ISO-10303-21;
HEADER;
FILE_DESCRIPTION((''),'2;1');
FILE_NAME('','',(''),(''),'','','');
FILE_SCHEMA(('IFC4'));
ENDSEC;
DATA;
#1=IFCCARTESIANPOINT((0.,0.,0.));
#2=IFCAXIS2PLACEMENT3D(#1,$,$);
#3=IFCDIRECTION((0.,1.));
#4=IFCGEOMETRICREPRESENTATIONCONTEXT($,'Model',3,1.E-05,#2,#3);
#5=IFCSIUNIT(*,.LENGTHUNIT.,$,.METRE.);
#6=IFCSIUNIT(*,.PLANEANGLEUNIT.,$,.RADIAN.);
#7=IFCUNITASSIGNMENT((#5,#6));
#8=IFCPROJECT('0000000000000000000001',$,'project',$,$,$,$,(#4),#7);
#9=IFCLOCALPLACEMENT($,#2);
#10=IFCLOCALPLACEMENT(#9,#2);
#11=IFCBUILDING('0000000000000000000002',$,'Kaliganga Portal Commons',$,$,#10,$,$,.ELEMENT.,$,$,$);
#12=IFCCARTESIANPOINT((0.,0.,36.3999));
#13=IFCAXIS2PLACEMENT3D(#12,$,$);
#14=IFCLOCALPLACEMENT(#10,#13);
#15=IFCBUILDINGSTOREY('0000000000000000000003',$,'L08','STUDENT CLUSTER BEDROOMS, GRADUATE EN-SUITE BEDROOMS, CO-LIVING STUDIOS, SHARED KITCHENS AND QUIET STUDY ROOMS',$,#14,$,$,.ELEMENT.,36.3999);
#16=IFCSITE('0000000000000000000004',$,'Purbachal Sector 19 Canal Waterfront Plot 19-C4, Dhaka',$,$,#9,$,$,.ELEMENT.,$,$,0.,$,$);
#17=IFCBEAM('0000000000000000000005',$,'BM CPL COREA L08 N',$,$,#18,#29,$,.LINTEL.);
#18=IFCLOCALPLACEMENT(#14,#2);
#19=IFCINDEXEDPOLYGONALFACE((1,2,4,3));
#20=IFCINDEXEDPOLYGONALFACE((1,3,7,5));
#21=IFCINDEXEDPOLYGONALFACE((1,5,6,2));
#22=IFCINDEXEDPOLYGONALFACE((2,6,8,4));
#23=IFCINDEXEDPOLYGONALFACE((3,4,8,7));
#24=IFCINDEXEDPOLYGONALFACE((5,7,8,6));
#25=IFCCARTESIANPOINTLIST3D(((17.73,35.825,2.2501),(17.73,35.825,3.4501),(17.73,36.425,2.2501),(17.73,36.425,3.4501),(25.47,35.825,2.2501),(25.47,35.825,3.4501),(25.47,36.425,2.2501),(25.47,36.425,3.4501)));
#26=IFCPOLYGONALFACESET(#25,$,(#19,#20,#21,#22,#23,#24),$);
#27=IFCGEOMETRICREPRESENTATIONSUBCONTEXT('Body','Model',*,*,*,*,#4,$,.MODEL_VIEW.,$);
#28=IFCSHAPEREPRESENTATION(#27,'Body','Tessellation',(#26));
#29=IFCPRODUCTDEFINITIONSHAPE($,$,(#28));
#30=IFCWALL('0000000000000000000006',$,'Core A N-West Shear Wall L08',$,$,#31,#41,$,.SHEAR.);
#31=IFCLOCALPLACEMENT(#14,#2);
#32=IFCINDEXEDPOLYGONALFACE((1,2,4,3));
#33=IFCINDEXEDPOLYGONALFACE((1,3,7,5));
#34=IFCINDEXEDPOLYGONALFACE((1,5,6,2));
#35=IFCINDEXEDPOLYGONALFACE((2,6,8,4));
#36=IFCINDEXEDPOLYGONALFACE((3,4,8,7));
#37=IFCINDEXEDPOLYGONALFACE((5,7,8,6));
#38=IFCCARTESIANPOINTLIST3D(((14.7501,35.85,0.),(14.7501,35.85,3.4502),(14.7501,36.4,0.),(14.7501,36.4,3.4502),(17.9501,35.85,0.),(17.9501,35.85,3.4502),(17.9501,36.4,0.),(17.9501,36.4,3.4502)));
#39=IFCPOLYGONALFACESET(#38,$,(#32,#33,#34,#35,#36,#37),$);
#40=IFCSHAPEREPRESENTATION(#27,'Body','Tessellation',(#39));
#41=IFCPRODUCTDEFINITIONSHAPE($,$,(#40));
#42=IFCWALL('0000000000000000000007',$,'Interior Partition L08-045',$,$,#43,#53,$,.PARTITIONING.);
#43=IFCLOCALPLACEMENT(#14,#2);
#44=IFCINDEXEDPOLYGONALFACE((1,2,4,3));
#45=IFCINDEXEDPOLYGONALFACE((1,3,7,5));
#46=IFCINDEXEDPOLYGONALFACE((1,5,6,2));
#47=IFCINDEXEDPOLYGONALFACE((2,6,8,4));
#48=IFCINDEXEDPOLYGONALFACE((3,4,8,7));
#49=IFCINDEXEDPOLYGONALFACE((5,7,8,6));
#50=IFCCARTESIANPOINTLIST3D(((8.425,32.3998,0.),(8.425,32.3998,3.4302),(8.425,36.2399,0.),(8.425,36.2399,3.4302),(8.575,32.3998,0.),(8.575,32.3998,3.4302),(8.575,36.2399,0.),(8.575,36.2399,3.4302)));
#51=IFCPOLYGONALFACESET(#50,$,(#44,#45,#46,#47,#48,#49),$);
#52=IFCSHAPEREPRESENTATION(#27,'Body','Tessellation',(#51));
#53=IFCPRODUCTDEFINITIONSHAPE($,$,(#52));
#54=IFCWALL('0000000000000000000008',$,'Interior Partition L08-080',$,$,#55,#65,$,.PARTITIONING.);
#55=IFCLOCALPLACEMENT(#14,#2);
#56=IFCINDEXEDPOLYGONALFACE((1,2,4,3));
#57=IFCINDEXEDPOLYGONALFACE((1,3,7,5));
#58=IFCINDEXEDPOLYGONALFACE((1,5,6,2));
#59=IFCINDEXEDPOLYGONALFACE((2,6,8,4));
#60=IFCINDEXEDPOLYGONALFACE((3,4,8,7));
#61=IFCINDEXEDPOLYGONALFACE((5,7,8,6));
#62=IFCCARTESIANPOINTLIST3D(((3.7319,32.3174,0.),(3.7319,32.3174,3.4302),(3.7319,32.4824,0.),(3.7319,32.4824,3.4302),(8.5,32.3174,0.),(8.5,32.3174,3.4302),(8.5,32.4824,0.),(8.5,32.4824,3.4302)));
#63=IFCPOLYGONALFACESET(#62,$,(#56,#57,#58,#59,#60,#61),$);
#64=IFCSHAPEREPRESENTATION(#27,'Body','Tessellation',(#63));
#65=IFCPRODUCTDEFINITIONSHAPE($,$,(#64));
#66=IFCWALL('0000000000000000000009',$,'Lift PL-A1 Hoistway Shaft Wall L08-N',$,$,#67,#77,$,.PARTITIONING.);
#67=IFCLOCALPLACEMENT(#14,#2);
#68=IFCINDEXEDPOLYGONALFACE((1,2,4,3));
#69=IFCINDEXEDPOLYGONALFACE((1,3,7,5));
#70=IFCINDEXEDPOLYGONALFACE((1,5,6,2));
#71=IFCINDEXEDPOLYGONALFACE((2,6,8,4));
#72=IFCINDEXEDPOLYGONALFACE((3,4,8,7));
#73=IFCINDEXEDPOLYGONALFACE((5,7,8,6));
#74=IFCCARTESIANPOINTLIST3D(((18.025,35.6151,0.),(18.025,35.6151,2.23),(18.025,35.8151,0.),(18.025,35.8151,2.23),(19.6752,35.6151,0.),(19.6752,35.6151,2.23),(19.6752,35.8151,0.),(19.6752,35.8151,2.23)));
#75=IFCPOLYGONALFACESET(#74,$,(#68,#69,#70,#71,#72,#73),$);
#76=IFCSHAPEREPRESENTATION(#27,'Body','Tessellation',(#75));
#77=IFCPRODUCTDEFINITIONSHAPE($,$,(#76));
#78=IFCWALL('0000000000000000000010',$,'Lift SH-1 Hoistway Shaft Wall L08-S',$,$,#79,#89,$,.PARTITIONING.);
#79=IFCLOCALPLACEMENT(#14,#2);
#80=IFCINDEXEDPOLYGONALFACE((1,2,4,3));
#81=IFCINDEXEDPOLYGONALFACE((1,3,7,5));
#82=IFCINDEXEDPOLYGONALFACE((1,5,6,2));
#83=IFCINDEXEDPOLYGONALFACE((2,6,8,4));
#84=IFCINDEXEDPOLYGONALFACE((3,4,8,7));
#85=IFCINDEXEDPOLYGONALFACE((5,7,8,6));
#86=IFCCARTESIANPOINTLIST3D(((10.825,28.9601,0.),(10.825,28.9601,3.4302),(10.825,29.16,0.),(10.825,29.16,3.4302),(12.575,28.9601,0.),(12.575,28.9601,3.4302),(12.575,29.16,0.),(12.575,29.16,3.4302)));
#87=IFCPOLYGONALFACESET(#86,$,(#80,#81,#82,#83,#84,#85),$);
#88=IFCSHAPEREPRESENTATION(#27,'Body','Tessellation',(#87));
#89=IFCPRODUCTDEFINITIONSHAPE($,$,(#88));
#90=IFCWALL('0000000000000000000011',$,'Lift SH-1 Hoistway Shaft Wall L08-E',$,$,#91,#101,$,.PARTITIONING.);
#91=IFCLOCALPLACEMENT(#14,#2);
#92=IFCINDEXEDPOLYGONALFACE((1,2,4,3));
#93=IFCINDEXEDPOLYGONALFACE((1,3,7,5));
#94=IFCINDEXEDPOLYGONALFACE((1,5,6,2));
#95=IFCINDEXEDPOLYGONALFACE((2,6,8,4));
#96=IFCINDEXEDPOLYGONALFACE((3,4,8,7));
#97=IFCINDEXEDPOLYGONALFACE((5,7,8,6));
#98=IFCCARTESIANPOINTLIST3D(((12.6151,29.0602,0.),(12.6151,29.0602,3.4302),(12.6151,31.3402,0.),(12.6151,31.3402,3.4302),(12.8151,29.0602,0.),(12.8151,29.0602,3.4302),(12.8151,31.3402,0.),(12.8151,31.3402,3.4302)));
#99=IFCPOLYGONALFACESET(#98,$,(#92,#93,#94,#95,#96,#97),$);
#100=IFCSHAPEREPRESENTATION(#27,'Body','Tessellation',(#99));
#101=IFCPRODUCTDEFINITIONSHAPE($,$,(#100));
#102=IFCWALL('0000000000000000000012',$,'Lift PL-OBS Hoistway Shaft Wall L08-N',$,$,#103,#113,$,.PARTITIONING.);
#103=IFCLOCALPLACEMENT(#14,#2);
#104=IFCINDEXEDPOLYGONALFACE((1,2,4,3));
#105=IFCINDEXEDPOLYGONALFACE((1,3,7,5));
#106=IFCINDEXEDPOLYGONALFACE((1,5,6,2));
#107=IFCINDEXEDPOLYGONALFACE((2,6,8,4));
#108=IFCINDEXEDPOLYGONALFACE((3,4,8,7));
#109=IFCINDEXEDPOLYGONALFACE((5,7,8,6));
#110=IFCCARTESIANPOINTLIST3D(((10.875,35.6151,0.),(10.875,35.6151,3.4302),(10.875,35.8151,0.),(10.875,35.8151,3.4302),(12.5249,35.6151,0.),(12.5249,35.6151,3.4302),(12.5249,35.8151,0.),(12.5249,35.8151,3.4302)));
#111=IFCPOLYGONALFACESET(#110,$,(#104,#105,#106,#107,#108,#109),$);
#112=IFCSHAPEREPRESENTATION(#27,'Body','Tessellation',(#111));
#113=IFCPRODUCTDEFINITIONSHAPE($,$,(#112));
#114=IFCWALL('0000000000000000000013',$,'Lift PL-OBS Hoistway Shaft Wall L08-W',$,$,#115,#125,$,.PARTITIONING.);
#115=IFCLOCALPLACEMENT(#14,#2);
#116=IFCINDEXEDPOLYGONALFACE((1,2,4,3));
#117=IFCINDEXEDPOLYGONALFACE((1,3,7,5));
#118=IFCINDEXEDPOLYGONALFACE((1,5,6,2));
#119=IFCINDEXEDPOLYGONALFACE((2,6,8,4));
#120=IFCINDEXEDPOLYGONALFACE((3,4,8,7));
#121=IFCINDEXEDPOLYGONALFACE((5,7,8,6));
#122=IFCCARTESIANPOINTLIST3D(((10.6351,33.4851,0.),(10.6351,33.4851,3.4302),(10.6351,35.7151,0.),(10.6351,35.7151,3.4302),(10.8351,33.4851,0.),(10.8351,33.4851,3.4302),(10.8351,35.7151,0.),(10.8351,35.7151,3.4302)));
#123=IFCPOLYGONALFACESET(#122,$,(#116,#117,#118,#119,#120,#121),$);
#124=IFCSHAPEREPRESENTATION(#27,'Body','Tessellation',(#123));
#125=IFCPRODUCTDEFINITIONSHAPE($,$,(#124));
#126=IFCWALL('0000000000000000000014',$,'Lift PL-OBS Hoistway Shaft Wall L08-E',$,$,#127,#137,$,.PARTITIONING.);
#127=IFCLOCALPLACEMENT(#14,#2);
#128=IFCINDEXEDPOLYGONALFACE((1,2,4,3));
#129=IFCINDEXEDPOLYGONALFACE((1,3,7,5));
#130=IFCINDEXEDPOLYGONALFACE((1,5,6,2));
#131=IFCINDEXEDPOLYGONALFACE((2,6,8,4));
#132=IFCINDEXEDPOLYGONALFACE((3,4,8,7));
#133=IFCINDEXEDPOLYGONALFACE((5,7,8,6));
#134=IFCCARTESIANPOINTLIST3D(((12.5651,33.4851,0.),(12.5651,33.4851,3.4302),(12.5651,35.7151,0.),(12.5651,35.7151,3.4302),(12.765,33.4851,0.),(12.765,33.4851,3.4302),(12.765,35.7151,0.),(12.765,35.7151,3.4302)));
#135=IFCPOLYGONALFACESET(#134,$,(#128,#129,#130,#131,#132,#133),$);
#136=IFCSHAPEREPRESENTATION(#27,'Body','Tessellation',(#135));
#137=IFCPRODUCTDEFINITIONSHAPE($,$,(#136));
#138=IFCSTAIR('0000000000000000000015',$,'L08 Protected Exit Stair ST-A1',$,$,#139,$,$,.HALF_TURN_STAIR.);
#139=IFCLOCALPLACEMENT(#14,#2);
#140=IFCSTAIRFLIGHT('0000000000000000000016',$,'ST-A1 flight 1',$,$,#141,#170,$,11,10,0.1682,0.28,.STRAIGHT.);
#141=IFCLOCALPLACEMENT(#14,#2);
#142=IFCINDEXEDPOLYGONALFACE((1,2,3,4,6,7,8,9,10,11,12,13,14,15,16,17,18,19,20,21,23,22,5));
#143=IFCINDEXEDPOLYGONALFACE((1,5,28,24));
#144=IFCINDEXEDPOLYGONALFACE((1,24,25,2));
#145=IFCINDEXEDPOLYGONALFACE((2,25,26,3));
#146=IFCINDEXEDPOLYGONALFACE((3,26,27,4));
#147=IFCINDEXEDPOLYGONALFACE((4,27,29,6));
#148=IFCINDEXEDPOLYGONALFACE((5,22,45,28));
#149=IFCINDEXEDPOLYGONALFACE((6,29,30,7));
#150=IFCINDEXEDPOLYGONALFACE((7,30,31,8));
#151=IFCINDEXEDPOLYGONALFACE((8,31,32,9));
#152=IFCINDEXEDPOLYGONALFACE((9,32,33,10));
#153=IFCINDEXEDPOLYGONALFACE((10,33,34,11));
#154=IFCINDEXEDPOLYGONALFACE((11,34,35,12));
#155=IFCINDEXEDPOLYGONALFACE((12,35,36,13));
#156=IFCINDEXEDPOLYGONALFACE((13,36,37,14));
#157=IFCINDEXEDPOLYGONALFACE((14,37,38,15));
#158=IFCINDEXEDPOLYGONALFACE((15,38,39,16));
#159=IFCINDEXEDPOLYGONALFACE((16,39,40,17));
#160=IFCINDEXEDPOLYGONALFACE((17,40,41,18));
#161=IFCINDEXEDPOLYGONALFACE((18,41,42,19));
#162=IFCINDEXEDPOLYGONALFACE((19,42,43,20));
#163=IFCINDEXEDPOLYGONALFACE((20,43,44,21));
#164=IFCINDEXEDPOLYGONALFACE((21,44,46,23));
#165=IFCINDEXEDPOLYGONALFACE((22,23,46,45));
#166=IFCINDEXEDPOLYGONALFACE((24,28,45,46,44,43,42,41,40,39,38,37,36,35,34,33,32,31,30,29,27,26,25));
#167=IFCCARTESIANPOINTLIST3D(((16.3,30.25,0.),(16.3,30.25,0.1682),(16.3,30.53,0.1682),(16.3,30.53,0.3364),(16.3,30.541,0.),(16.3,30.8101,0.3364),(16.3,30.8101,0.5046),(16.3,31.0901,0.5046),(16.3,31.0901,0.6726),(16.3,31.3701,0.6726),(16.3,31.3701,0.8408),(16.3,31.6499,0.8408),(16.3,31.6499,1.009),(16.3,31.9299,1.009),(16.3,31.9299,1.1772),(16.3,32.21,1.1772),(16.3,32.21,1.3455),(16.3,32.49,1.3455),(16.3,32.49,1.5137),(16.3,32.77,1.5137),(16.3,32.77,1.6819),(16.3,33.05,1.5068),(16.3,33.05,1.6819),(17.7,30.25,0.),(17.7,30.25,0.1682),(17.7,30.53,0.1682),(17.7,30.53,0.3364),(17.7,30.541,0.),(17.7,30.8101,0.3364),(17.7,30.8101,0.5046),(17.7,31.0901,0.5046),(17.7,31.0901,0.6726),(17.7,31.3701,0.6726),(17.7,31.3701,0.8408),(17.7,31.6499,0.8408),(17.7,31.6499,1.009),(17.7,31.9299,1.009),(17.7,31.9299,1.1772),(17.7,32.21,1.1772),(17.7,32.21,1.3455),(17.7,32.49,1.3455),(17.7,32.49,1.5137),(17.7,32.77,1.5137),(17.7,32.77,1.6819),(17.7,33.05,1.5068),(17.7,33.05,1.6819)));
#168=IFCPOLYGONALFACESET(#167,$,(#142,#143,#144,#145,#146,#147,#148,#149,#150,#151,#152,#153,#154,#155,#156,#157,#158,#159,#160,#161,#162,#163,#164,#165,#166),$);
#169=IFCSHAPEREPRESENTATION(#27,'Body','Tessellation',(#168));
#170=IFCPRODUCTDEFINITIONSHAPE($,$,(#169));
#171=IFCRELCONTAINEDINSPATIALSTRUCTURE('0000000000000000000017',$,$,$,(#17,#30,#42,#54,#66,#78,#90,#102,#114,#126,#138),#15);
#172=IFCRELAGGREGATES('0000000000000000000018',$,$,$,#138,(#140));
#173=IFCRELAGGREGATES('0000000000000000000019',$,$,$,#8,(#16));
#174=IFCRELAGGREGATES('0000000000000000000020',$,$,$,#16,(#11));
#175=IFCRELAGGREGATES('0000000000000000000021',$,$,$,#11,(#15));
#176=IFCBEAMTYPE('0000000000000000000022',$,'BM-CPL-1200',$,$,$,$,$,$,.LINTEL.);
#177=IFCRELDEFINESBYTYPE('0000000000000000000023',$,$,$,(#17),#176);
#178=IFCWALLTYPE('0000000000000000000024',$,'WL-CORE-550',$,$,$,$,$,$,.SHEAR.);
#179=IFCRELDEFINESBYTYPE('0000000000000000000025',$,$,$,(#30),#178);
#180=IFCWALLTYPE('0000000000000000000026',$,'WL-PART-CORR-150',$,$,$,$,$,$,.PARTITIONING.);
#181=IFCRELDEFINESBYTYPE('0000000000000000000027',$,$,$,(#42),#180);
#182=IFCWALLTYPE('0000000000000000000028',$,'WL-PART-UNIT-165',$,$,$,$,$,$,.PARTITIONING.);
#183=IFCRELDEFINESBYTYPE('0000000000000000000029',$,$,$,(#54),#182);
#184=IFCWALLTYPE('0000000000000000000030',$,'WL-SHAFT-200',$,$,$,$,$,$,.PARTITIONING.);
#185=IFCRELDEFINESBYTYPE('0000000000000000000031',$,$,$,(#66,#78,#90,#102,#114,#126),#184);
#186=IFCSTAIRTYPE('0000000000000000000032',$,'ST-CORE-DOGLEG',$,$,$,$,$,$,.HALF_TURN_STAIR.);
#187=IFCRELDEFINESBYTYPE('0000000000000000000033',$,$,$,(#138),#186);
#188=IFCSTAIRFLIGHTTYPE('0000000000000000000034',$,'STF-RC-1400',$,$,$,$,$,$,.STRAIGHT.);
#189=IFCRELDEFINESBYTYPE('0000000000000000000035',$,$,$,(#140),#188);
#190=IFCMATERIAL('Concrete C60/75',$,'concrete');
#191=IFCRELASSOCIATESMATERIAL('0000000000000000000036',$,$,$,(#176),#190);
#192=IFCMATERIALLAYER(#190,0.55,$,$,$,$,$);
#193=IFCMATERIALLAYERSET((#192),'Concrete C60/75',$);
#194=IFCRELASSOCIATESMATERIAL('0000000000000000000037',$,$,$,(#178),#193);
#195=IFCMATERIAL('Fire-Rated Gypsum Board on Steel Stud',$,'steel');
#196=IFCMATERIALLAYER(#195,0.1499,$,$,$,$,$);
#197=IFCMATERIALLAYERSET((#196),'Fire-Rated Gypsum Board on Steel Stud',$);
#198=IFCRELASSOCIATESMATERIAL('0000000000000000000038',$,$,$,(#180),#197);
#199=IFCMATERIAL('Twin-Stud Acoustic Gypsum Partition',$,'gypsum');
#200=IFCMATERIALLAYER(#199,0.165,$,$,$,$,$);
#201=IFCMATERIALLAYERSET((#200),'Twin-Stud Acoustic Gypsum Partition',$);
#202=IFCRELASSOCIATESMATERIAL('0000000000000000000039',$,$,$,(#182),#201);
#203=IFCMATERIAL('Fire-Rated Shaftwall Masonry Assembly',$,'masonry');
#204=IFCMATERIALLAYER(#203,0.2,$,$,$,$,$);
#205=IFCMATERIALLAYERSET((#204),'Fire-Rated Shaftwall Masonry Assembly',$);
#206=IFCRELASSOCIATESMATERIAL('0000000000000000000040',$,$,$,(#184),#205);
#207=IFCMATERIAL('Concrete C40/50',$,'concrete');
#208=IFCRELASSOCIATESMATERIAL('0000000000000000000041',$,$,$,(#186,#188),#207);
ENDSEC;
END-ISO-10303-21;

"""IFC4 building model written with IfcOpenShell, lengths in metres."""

from ifc_helpers import new_model, si_unit, direction, frame, frame_2d, origin, origin_2d, place, context, subcontext, project, spatial, polyline, rectangle, outline, extrude, source, transform, mapped, material, layer, layer_set, material_profile, profile_set, type_object, element, aggregate, save


model = new_model("IFC4")

# Units and contexts
model_context = context("Model", 3, precision=1e-05, world=origin(), true_north=direction((0.0, 1.0)))
body_context = subcontext(model_context, "Body", "Model", "MODEL_VIEW")
ifc_project = project(units=[si_unit("LENGTHUNIT", "METRE"), si_unit("PLANEANGLEUNIT", "RADIAN")], contexts=[model_context])

# Site, building, storey
site_placement = place(None, origin())
site = spatial("IfcSite", under=ifc_project, at=site_placement, Name="Purbachal Sector 19 Canal Waterfront Plot 19-C4, Dhaka", CompositionType="ELEMENT", RefElevation=0.0)
building_placement = place(site_placement, origin())
building = spatial("IfcBuilding", under=site, at=building_placement, Name="Kaliganga Portal Commons", CompositionType="ELEMENT")
storey_placement = place(building_placement, frame((0.0, 0.0, 36.3999)))
storey = spatial("IfcBuildingStorey", under=building, at=storey_placement, Name="L08", Description="STUDENT CLUSTER BEDROOMS, GRADUATE EN-SUITE BEDROOMS, CO-LIVING STUDIOS, SHARED KITCHENS AND QUIET STUDY ROOMS", CompositionType="ELEMENT", Elevation=36.3999)

# Beam
ifc_material_1 = material(Name="Concrete C60/75", Category="concrete")
ifc_material_profile = material_profile(ifc_material_1, rectangle(XDim=0.6001, YDim=1.2, at=origin_2d()), Name="RC 600x1200")
ifc_profile_set = profile_set([ifc_material_profile], Name="Concrete C60/75")
beam_type = type_object("IfcBeamType", Name="BM-CPL-1200", PredefinedType="LINTEL", material=ifc_profile_set)
shared_shape = source(origin(), body_context, "Body", "SweptSolid", [
    extrude(rectangle(XDim=0.6001, YDim=1.2, at=origin_2d()), origin(), (0.0, 0.0, 1.0), 7.74),
])
beam_placement = place(storey_placement, frame((17.73, 36.125, 2.8501), z_axis=(1.0, 0.0, 0.0), x_axis=(0.0, 1.0, 0.0)))
element("IfcBeam", 1, at=beam_placement, inside=storey, type_object=beam_type, Name="BM CPL COREA L08 N", PredefinedType="LINTEL", context=body_context, shape_type="MappedRepresentation", body=[
    mapped(shared_shape, transform((0.0, 0.0, 0.0), x_axis=(1.0, 0.0, 0.0), y_axis=(0.0, 1.0, 0.0), z_axis=(0.0, 0.0, 1.0), scale=1.0)),
])

# Walls
ifc_layer_1 = layer(ifc_material_1, 0.55)
ifc_layer_set_1 = layer_set([ifc_layer_1], Name="Concrete C60/75")
wall_type_1 = type_object("IfcWallType", Name="WL-CORE-550", PredefinedType="SHEAR", material=ifc_layer_set_1)
wall_1_placement = place(storey_placement, frame((14.75, 36.125, 0.0), z_axis=(0.0, 0.0, 1.0), x_axis=(1.0, 0.0, 0.0)))
element("IfcWall", 2, at=wall_1_placement, inside=storey, type_object=wall_type_1, Name="Core A N-West Shear Wall L08", PredefinedType="SHEAR", context=body_context, shape_type="SweptSolid", body=[
    extrude(rectangle(XDim=3.2, YDim=0.55, at=frame_2d((1.6001, 0.0))), origin(), (0.0, 0.0, 1.0), 3.4502),
])
ifc_material_2 = material(Name="Fire-Rated Gypsum Board on Steel Stud", Category="steel")
ifc_layer_2 = layer(ifc_material_2, 0.1499)
ifc_layer_set_2 = layer_set([ifc_layer_2], Name="Fire-Rated Gypsum Board on Steel Stud")
wall_type_2 = type_object("IfcWallType", Name="WL-PART-CORR-150", PredefinedType="PARTITIONING", material=ifc_layer_set_2)
wall_2_placement = place(storey_placement, frame((8.5, 32.3999, 0.0), z_axis=(0.0, 0.0, 1.0), x_axis=(0.0, 1.0, 0.0)))
element("IfcWall", 3, at=wall_2_placement, inside=storey, type_object=wall_type_2, Name="Interior Partition L08-045", PredefinedType="PARTITIONING", context=body_context, shape_type="SweptSolid", body=[
    extrude(rectangle(XDim=3.8401, YDim=0.1499, at=frame_2d((1.9199, 0.0))), origin(), (0.0, 0.0, 1.0), 3.4302),
])
ifc_material_3 = material(Name="Twin-Stud Acoustic Gypsum Partition", Category="gypsum")
ifc_layer_3 = layer(ifc_material_3, 0.165)
ifc_layer_set_3 = layer_set([ifc_layer_3], Name="Twin-Stud Acoustic Gypsum Partition")
wall_type_3 = type_object("IfcWallType", Name="WL-PART-UNIT-165", PredefinedType="PARTITIONING", material=ifc_layer_set_3)
wall_3_placement = place(storey_placement, frame((3.7319, 32.3999, 0.0), z_axis=(0.0, 0.0, 1.0), x_axis=(1.0, 0.0, 0.0)))
element("IfcWall", 4, at=wall_3_placement, inside=storey, type_object=wall_type_3, Name="Interior Partition L08-080", PredefinedType="PARTITIONING", context=body_context, shape_type="SweptSolid", body=[
    extrude(rectangle(XDim=4.7681, YDim=0.165, at=frame_2d((2.384, 0.0))), origin(), (0.0, 0.0, 1.0), 3.4302),
])

# Shared definitions
ifc_material_4 = material(Name="Fire-Rated Shaftwall Masonry Assembly", Category="masonry")
ifc_layer_4 = layer(ifc_material_4, 0.2)
ifc_layer_set_4 = layer_set([ifc_layer_4], Name="Fire-Rated Shaftwall Masonry Assembly")
wall_type_4 = type_object("IfcWallType", Name="WL-SHAFT-200", PredefinedType="PARTITIONING", material=ifc_layer_set_4)

# Walls
wall_4_placement = place(storey_placement, frame((18.0249, 35.7151, 0.0), z_axis=(0.0, 0.0, 1.0), x_axis=(1.0, 0.0, 0.0)))
element("IfcWall", 5, at=wall_4_placement, inside=storey, type_object=wall_type_4, Name="Lift PL-A1 Hoistway Shaft Wall L08-N", PredefinedType="PARTITIONING", context=body_context, shape_type="SweptSolid", body=[
    extrude(rectangle(XDim=1.6501, YDim=0.2, at=frame_2d((0.8252, 0.0))), origin(), (0.0, 0.0, 1.0), 2.23),
])
wall_5_placement = place(storey_placement, frame((10.825, 29.0601, 0.0), z_axis=(0.0, 0.0, 1.0), x_axis=(1.0, 0.0, 0.0)))
element("IfcWall", 6, at=wall_5_placement, inside=storey, type_object=wall_type_4, Name="Lift SH-1 Hoistway Shaft Wall L08-S", PredefinedType="PARTITIONING", context=body_context, shape_type="SweptSolid", body=[
    extrude(rectangle(XDim=1.75, YDim=0.2, at=frame_2d((0.875, 0.0))), origin(), (0.0, 0.0, 1.0), 3.4302),
])

# Wall
wall_6_placement = place(storey_placement, frame((12.7151, 29.0601, 0.0), z_axis=(0.0, 0.0, 1.0), x_axis=(0.0, 1.0, 0.0)))
element("IfcWall", 7, at=wall_6_placement, inside=storey, type_object=wall_type_4, Name="Lift SH-1 Hoistway Shaft Wall L08-E", PredefinedType="PARTITIONING", context=body_context, shape_type="SweptSolid", body=[
    extrude(rectangle(XDim=2.28, YDim=0.2, at=frame_2d((1.1401, 0.0))), origin(), (0.0, 0.0, 1.0), 3.4302),
])

# Walls
wall_7_placement = place(storey_placement, frame((10.875, 35.7151, 0.0), z_axis=(0.0, 0.0, 1.0), x_axis=(1.0, 0.0, 0.0)))
element("IfcWall", 8, at=wall_7_placement, inside=storey, type_object=wall_type_4, Name="Lift PL-OBS Hoistway Shaft Wall L08-N", PredefinedType="PARTITIONING", context=body_context, shape_type="SweptSolid", body=[
    extrude(rectangle(XDim=1.6499, YDim=0.2, at=frame_2d((0.825, 0.0))), origin(), (0.0, 0.0, 1.0), 3.4302),
])
for number, where, z_axis, x_axis, name in (
    (9, (10.7351, 33.4851, 0.0), (0.0, 0.0, 1.0), (0.0, 1.0, 0.0), "Lift PL-OBS Hoistway Shaft Wall L08-W"),
    (10, (12.665, 33.4851, 0.0), (0.0, 0.0, 1.0), (0.0, 1.0, 0.0), "Lift PL-OBS Hoistway Shaft Wall L08-E"),
):
    element("IfcWall", number, at=place(storey_placement, frame(where, z_axis=z_axis, x_axis=x_axis)), inside=storey, type_object=wall_type_4, Name=name, PredefinedType="PARTITIONING", context=body_context, shape_type="SweptSolid", body=[
        extrude(rectangle(XDim=2.23, YDim=0.2, at=frame_2d((1.115, 0.0))), origin(), (0.0, 0.0, 1.0), 3.4302),
    ])

# Stair, stair flight
ifc_material_5 = material(Name="Concrete C40/50", Category="concrete")
stair_type = type_object("IfcStairType", Name="ST-CORE-DOGLEG", PredefinedType="HALF_TURN_STAIR", material=ifc_material_5)
stair_placement = place(storey_placement, origin())
stair = element("IfcStair", 11, at=stair_placement, inside=storey, type_object=stair_type, Name="L08 Protected Exit Stair ST-A1", PredefinedType="HALF_TURN_STAIR")
stair_flight_type = type_object("IfcStairFlightType", Name="STF-RC-1400", PredefinedType="STRAIGHT", material=ifc_material_5)
stair_flight_1_placement = place(storey_placement, frame((17.0, 30.25, 0.0), z_axis=(0.0, 0.0, 1.0), x_axis=(0.0, 1.0, 0.0)))
stair_flight_1 = element("IfcStairFlight", 12, at=stair_flight_1_placement, type_object=stair_flight_type, Name="ST-A1 flight 1", NumberOfRisers=11, NumberOfTreads=10, PredefinedType="STRAIGHT", RiserHeight=0.1682, TreadLength=0.28, context=body_context, shape_type="SweptSolid", body=[
    extrude(outline(polyline([(0.0, 0.0), (0.0, 0.1682), (0.28, 0.1682), (0.28, 0.3364), (0.5601, 0.3364), (0.5601, 0.5046), (0.8401, 0.5046), (0.8401, 0.6726), (1.1201, 0.6726), (1.1201, 0.8408), (1.3999, 0.8408), (1.3999, 1.009), (1.6799, 1.009), (1.6799, 1.1772), (1.96, 1.1772), (1.96, 1.3455), (2.24, 1.3455), (2.24, 1.5137), (2.52, 1.5137), (2.52, 1.6819), (2.8, 1.6819), (2.8, 1.8501), (2.8, 1.5068), (0.291, 0.0), (0.0, 0.0)])), frame((0.0, 0.7, 0.0), z_axis=(0.0, -1.0, 0.0), x_axis=(1.0, 0.0, 0.0)), (0.0, 0.0, 1.0), 1.3999),
])
aggregate(stair, [stair_flight_1])

save(model, "model.ifc")
